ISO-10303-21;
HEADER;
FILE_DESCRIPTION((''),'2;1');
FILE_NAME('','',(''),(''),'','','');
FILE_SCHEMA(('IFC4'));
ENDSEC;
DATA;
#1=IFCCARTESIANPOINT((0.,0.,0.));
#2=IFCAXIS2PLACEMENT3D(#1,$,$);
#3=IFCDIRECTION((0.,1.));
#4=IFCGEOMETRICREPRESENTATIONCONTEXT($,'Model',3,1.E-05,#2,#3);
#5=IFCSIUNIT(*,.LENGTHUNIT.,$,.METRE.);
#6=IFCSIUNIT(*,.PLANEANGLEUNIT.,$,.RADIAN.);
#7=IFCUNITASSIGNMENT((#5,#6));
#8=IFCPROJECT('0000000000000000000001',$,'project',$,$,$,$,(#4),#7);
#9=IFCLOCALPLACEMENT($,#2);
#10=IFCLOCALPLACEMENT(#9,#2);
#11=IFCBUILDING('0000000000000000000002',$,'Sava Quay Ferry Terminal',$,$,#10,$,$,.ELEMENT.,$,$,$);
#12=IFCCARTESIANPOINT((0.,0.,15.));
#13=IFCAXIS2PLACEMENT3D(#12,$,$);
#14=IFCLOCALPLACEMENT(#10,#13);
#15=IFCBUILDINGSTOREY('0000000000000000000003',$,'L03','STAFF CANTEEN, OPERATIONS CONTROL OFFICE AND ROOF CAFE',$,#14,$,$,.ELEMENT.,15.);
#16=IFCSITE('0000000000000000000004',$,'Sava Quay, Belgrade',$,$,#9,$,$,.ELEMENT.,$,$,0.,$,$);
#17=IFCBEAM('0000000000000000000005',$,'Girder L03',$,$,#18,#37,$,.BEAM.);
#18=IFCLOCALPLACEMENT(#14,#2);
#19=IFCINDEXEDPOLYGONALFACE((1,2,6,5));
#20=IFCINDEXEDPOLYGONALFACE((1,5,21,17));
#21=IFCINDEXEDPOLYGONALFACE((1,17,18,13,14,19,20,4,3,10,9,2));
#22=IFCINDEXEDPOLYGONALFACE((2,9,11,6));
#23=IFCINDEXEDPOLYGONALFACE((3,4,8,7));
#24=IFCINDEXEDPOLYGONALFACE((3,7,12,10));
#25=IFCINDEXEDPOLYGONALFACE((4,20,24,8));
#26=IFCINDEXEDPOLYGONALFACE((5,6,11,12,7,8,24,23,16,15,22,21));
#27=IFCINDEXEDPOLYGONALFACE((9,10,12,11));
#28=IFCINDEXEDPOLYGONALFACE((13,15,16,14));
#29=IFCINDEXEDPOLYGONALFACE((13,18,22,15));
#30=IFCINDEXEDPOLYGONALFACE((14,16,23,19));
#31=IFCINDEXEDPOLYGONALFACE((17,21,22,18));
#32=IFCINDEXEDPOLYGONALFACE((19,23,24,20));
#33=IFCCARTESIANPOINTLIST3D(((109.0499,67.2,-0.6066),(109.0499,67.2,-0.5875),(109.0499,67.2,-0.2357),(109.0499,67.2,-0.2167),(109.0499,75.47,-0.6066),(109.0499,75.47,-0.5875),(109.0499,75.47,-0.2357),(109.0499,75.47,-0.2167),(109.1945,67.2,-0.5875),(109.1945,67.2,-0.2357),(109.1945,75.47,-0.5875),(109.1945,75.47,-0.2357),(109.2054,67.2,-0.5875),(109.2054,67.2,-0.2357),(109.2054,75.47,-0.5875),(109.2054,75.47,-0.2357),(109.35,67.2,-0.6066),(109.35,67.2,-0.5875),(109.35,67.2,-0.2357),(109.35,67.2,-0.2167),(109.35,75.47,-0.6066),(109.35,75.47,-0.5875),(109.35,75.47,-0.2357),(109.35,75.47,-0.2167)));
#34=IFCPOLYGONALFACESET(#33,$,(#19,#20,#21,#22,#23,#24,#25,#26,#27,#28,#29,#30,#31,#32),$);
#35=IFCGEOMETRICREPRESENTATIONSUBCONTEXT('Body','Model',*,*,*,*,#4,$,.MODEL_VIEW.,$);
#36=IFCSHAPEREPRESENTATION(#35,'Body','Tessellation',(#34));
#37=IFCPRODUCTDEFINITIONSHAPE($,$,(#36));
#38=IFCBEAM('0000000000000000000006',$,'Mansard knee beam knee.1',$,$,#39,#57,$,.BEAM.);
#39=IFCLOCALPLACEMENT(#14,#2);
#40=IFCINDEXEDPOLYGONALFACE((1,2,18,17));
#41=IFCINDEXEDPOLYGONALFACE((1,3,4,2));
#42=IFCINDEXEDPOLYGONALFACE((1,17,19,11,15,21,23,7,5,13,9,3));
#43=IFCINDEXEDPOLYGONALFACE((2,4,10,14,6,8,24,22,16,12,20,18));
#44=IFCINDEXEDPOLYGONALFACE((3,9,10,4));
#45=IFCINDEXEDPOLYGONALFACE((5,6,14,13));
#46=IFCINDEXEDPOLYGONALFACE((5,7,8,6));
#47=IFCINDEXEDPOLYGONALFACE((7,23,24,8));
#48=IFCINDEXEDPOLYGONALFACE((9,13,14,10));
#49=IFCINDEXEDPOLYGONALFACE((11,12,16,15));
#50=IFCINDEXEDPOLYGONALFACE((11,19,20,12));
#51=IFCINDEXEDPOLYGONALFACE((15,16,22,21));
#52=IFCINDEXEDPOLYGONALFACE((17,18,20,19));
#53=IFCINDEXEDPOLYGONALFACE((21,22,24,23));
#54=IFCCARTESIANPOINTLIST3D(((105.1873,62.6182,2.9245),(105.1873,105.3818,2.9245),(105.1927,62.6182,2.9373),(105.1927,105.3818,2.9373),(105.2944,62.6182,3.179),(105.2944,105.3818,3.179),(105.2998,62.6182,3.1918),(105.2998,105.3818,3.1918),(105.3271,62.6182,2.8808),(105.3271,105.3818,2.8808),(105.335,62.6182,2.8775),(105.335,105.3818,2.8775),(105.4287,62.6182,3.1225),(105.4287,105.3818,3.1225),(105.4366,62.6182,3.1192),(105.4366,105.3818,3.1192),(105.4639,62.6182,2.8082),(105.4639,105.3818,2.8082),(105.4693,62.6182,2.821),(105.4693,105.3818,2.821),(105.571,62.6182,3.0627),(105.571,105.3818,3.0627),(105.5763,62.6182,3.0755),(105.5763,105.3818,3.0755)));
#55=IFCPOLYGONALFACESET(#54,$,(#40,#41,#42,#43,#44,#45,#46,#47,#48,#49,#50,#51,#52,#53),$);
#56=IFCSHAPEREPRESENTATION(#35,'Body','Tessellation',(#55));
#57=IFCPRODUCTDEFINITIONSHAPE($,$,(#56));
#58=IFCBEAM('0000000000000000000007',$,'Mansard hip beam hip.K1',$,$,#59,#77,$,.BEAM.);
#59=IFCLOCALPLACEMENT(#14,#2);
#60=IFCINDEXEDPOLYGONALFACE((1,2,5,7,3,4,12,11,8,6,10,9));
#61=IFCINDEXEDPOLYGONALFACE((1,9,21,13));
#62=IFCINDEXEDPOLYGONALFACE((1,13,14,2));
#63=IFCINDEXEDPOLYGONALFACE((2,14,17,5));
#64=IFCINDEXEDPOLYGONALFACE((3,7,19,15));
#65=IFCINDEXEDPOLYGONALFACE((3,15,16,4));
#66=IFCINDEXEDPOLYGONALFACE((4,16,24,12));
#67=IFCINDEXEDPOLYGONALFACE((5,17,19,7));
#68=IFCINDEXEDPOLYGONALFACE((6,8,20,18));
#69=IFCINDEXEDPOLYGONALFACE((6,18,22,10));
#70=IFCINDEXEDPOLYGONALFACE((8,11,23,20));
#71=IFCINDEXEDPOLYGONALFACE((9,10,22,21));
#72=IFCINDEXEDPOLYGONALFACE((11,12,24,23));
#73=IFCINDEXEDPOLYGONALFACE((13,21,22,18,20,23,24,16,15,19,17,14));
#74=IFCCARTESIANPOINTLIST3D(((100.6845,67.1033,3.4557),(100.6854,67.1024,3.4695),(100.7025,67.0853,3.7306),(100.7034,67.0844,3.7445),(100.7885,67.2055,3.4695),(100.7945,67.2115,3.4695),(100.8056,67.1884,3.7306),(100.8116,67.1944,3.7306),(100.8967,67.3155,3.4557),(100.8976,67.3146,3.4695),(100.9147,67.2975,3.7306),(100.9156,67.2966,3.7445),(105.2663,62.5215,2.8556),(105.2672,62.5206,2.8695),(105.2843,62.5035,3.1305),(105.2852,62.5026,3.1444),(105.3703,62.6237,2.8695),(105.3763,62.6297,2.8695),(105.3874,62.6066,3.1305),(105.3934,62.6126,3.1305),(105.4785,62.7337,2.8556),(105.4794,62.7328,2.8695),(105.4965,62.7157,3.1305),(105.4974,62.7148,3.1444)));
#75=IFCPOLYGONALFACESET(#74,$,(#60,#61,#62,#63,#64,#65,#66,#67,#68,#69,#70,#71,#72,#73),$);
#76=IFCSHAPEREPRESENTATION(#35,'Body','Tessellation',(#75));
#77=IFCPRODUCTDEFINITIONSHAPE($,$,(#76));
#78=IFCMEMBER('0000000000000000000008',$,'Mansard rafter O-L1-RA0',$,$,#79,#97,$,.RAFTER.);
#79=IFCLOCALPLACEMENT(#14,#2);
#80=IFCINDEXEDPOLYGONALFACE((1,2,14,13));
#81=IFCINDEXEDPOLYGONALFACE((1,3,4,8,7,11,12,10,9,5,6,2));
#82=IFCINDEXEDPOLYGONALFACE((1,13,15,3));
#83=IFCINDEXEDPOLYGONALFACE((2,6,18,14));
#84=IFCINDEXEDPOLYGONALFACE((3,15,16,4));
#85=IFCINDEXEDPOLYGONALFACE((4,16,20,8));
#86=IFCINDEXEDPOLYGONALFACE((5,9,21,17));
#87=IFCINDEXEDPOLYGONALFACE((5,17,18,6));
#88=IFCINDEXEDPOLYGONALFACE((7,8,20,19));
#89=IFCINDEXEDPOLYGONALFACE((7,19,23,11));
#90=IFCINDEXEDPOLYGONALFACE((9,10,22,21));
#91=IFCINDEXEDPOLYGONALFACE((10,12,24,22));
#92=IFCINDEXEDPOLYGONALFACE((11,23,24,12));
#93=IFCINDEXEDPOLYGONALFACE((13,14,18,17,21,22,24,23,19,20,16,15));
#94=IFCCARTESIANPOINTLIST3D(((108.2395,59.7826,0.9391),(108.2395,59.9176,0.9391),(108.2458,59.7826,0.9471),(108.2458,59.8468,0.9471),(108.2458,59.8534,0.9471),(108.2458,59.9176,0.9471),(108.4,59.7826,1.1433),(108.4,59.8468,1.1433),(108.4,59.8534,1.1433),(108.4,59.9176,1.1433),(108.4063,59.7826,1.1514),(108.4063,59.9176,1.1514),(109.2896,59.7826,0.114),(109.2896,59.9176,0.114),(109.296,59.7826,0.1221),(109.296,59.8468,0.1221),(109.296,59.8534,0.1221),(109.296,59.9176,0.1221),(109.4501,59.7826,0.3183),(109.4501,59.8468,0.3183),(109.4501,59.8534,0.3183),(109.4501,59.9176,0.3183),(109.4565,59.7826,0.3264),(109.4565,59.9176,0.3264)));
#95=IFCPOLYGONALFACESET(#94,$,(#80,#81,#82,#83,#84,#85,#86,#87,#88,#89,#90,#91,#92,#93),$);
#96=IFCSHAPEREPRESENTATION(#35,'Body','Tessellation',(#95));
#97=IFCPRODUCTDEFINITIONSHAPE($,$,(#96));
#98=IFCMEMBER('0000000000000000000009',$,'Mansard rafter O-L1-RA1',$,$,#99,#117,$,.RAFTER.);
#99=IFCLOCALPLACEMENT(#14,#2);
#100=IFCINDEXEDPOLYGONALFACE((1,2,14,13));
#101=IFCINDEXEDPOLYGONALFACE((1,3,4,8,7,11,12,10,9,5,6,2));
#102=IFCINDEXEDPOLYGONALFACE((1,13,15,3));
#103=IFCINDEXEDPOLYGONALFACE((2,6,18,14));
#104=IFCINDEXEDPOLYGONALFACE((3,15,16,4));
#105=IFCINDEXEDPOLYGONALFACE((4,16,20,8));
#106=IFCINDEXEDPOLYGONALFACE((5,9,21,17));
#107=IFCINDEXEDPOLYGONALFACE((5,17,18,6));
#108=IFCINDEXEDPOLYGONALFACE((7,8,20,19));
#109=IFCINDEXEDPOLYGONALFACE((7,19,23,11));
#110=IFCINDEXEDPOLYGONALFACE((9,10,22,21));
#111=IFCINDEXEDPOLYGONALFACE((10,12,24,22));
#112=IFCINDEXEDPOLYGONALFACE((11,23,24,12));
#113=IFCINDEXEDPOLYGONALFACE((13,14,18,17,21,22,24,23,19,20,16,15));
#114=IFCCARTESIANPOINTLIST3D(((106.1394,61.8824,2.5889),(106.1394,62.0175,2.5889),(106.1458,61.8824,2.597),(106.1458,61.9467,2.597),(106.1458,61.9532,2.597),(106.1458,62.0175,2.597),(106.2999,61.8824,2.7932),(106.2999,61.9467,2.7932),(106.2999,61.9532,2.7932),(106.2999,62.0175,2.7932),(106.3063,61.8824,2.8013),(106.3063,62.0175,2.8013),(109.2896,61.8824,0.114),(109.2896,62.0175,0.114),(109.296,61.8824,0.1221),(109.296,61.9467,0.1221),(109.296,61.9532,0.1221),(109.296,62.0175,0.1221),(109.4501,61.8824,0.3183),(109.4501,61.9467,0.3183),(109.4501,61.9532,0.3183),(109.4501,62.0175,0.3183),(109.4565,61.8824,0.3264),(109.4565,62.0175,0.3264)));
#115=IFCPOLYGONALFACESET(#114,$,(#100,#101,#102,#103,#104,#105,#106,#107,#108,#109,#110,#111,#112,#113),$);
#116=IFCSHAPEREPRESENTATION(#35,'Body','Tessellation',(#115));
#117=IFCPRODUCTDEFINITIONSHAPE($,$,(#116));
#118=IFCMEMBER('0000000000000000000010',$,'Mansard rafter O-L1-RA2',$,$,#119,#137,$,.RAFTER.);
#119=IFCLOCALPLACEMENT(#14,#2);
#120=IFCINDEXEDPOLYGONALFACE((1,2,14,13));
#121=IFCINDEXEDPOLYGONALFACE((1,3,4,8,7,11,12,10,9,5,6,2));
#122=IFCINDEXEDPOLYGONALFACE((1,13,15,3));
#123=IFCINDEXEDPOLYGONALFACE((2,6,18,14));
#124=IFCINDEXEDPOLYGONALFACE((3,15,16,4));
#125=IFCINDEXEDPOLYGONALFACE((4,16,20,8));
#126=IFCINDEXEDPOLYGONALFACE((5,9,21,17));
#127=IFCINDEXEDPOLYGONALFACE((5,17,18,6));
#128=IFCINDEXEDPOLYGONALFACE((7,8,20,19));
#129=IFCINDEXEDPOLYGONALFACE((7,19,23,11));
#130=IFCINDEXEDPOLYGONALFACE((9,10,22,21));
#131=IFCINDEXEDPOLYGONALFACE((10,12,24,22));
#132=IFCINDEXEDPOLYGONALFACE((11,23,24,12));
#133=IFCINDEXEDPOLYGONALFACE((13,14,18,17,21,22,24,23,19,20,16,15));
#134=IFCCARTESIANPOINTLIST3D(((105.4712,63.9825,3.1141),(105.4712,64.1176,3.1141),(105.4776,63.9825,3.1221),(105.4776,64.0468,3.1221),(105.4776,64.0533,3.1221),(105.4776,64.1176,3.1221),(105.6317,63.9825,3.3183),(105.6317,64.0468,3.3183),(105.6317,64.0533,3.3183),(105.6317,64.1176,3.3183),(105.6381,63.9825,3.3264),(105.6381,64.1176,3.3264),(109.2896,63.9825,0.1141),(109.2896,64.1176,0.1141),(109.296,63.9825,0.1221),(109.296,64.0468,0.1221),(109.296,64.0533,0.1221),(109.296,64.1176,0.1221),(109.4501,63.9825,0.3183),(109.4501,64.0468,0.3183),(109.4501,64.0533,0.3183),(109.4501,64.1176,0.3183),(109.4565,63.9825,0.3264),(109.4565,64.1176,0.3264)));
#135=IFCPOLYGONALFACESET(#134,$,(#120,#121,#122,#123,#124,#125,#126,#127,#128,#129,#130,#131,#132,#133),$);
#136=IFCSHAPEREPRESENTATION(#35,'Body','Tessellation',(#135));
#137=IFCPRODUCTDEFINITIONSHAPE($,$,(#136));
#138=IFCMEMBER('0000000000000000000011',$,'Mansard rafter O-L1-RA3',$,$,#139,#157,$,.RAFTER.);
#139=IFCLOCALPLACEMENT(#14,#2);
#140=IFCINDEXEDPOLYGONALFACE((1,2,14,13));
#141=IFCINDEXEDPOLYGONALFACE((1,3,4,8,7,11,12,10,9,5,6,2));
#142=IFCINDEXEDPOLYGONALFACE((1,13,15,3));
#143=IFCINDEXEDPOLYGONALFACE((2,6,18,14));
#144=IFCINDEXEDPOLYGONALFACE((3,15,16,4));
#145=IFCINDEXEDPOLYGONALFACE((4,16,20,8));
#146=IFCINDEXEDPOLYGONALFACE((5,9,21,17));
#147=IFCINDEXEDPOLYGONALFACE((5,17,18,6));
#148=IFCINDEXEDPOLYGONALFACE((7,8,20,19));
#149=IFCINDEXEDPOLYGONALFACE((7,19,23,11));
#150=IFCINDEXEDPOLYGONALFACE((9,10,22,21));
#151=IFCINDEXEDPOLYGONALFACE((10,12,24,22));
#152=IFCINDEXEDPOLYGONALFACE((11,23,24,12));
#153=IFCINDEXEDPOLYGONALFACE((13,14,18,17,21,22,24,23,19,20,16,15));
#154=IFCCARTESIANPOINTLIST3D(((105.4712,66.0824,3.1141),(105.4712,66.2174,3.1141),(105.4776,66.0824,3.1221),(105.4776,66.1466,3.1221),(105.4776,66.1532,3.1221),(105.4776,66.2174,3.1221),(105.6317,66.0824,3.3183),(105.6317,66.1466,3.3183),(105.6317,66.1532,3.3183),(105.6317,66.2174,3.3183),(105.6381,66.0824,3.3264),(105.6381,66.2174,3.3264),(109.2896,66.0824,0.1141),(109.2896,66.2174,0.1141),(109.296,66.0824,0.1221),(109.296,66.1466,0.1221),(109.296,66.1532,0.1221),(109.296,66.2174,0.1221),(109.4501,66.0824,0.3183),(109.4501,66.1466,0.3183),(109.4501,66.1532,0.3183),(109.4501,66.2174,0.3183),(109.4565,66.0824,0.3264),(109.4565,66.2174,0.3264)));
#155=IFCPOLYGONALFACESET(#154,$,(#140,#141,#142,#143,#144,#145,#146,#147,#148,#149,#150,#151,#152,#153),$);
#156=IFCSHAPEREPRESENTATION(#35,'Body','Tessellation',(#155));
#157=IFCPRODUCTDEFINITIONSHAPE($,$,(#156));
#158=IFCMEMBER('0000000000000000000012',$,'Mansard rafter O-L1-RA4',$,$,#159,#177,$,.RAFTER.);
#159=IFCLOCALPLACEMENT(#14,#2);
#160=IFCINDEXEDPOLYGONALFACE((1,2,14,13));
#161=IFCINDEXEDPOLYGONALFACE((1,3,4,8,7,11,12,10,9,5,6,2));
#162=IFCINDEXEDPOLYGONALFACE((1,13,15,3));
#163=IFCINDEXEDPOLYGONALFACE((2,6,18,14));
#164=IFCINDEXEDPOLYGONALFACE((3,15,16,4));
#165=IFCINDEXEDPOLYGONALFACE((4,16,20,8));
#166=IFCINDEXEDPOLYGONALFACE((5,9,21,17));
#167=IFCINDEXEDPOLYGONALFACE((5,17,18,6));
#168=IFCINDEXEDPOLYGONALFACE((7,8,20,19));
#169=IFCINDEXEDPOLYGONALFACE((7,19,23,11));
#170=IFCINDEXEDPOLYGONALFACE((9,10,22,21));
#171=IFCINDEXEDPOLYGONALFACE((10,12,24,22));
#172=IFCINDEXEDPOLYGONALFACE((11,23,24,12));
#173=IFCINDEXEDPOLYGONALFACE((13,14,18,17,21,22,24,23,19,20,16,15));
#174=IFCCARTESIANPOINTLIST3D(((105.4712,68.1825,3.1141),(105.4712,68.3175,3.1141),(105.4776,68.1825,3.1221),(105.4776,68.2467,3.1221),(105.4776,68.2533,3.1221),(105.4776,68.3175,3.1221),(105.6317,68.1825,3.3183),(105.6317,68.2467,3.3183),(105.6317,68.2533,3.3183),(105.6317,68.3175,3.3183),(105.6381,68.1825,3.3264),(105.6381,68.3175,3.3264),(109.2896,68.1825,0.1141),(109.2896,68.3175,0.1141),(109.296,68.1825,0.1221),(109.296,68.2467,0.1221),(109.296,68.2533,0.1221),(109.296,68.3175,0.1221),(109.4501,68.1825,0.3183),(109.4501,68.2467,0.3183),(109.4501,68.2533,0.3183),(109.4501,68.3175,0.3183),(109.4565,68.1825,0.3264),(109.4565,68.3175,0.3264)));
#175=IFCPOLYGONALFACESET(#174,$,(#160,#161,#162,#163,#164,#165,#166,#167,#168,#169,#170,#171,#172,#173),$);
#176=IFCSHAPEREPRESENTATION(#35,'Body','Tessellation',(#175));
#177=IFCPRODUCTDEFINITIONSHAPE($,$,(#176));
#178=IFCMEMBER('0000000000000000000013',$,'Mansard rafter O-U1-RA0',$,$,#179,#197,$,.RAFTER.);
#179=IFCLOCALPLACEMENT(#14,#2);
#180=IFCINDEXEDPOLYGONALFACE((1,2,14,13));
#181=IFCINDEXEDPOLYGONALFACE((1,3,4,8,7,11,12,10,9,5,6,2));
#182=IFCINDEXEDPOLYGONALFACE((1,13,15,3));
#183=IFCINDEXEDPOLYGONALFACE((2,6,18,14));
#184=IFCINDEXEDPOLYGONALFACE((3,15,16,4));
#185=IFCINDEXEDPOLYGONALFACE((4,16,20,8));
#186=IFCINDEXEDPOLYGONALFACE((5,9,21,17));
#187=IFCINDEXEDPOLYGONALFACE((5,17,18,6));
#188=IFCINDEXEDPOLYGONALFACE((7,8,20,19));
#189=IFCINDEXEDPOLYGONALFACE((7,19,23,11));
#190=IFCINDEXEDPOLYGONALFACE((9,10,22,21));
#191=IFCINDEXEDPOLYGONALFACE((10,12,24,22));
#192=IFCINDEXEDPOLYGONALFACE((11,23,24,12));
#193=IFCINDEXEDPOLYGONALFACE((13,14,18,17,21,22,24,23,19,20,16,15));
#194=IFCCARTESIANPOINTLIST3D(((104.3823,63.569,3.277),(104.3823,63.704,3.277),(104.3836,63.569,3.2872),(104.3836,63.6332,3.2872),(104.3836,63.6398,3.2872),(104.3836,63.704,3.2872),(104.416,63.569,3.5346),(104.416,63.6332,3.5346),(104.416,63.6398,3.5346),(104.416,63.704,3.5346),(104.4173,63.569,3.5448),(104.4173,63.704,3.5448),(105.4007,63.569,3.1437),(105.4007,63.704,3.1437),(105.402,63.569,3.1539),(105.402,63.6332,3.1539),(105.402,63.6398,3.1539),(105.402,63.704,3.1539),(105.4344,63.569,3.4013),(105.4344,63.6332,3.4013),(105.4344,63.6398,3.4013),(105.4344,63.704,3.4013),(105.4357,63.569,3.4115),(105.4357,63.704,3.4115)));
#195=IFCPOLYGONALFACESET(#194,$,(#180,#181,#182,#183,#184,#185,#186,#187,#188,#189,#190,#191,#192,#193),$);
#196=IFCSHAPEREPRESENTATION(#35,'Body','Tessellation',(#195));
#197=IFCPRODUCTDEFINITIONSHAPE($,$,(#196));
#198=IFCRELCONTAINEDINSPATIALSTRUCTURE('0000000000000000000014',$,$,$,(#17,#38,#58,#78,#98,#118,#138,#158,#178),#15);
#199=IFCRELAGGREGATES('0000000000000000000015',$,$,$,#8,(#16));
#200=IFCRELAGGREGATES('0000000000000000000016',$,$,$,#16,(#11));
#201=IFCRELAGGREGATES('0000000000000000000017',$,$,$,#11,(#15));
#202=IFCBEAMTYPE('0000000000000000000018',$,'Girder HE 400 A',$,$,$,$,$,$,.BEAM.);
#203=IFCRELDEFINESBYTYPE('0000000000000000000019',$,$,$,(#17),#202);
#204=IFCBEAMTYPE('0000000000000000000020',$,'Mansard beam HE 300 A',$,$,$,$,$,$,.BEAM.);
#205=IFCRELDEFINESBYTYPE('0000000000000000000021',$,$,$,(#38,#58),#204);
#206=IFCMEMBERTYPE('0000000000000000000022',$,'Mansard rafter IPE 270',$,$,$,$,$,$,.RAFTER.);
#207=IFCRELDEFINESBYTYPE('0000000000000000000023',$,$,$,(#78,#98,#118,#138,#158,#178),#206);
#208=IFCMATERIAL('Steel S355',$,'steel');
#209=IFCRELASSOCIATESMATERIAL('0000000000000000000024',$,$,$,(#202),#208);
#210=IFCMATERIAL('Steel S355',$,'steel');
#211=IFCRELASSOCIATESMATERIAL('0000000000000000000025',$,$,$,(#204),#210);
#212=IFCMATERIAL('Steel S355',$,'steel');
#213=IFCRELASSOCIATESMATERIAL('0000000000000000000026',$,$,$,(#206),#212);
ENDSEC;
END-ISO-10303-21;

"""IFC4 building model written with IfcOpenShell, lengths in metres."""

from ifc_helpers import new_model, si_unit, direction, frame, origin, origin_2d, place, context, subcontext, project, spatial, i_section, extrude, material, material_profile, profile_set, type_object, element, save


model = new_model("IFC4")

# Units and contexts
model_context = context("Model", 3, precision=1e-05, world=origin(), true_north=direction((0.0, 1.0)))
body_context = subcontext(model_context, "Body", "Model", "MODEL_VIEW")
ifc_project = project(units=[si_unit("LENGTHUNIT", "METRE"), si_unit("PLANEANGLEUNIT", "RADIAN")], contexts=[model_context])

# Site, building, storey
site_placement = place(None, origin())
site = spatial("IfcSite", under=ifc_project, at=site_placement, Name="Sava Quay, Belgrade", CompositionType="ELEMENT", RefElevation=0.0)
building_placement = place(site_placement, origin())
building = spatial("IfcBuilding", under=site, at=building_placement, Name="Sava Quay Ferry Terminal", CompositionType="ELEMENT")
storey_placement = place(building_placement, frame((0.0, 0.0, 15.0)))
storey = spatial("IfcBuildingStorey", under=building, at=storey_placement, Name="L03", Description="STAFF CANTEEN, OPERATIONS CONTROL OFFICE AND ROOF CAFE", CompositionType="ELEMENT", Elevation=15.0)

# Beams
ifc_material_1 = material(Name="Steel S355", Category="steel")
ifc_material_profile_1 = material_profile(ifc_material_1, i_section(OverallWidth=0.3, OverallDepth=0.3899, WebThickness=0.011, FlangeThickness=0.019, at=origin_2d()), Name="HE 400 A")
ifc_profile_set_1 = profile_set([ifc_material_profile_1], Name="Steel S355")
beam_type_1 = type_object("IfcBeamType", Name="Girder HE 400 A", PredefinedType="BEAM", material=ifc_profile_set_1)
beam_1_placement = place(storey_placement, frame((109.2, 67.2, -0.4116), z_axis=(0.0, 1.0, 0.0), x_axis=(-1.0, 0.0, 0.0)))
element("IfcBeam", 1, at=beam_1_placement, inside=storey, type_object=beam_type_1, Name="Girder L03", PredefinedType="BEAM", context=body_context, shape_type="SweptSolid", body=[
    extrude(i_section(OverallWidth=0.3, OverallDepth=0.3899, WebThickness=0.011, FlangeThickness=0.019, at=origin_2d()), origin(), (0.0, 0.0, 1.0), 8.27),
])
ifc_material_2 = material(Name="Steel S355", Category="steel")
ifc_material_profile_2 = material_profile(ifc_material_2, i_section(OverallWidth=0.3, OverallDepth=0.29, WebThickness=0.0085, FlangeThickness=0.0139, at=origin_2d()), Name="HE 300 A")
ifc_profile_set_2 = profile_set([ifc_material_profile_2], Name="Steel S355")
beam_type_2 = type_object("IfcBeamType", Name="Mansard beam HE 300 A", PredefinedType="BEAM", material=ifc_profile_set_2)
beam_2_placement = place(storey_placement, frame((105.3818, 62.6182, 3.0), z_axis=(0.0, 1.0, 0.0), x_axis=(-0.921803, 0.0, 0.387659)))
element("IfcBeam", 2, at=beam_2_placement, inside=storey, type_object=beam_type_2, Name="Mansard knee beam knee.1", PredefinedType="BEAM", context=body_context, shape_type="SweptSolid", body=[
    extrude(i_section(OverallWidth=0.3, OverallDepth=0.29, WebThickness=0.0085, FlangeThickness=0.0139, at=origin_2d()), origin(), (0.0, 0.0, 1.0), 42.7637),
])
beam_3_placement = place(storey_placement, frame((105.3818, 62.6182, 3.0), z_axis=(-0.704094, 0.704094, 0.092218), x_axis=(-0.707107, -0.707107, 0.0)))
element("IfcBeam", 3, at=beam_3_placement, inside=storey, type_object=beam_type_2, Name="Mansard hip beam hip.K1", PredefinedType="BEAM", context=body_context, shape_type="SweptSolid", body=[
    extrude(i_section(OverallWidth=0.3, OverallDepth=0.29, WebThickness=0.0085, FlangeThickness=0.0139, at=origin_2d()), origin(), (0.0, 0.0, 1.0), 6.5073),
])

# Members
ifc_material_3 = material(Name="Steel S355", Category="steel")
ifc_material_profile_3 = material_profile(ifc_material_3, i_section(OverallWidth=0.135, OverallDepth=0.27, WebThickness=0.0066, FlangeThickness=0.0103, at=origin_2d()), Name="IPE 270")
ifc_profile_set_3 = profile_set([ifc_material_profile_3], Name="Steel S355")
member_type = type_object("IfcMemberType", Name="Mansard rafter IPE 270", PredefinedType="RAFTER", material=ifc_profile_set_3)
member_1_placement = place(storey_placement, frame((109.373, 59.8501, 0.2202), z_axis=(-0.78635, 0.0, 0.617781), x_axis=(0.0, -1.0, 0.0)))
element("IfcMember", 4, at=member_1_placement, inside=storey, type_object=member_type, Name="Mansard rafter O-L1-RA0", PredefinedType="RAFTER", context=body_context, shape_type="SweptSolid", body=[
    extrude(i_section(OverallWidth=0.135, OverallDepth=0.27, WebThickness=0.0066, FlangeThickness=0.0103, at=origin_2d()), origin(), (0.0, 0.0, 1.0), 1.3354),
])
member_2_placement = place(storey_placement, frame((109.373, 61.95, 0.2202), z_axis=(-0.78635, 0.0, 0.617781), x_axis=(0.0, -1.0, 0.0)))
element("IfcMember", 5, at=member_2_placement, inside=storey, type_object=member_type, Name="Mansard rafter O-L1-RA1", PredefinedType="RAFTER", context=body_context, shape_type="SweptSolid", body=[
    extrude(i_section(OverallWidth=0.135, OverallDepth=0.27, WebThickness=0.0066, FlangeThickness=0.0103, at=origin_2d()), origin(), (0.0, 0.0, 1.0), 4.0061),
])
for number, where, z_axis, x_axis, name in (
    (6, (109.373, 64.05, 0.2202), (-0.786332, 0.0, 0.617804), (0.0, -1.0, 0.0), "Mansard rafter O-L1-RA2"),
    (7, (109.373, 66.1499, 0.2202), (-0.786332, 0.0, 0.617804), (0.0, -1.0, 0.0), "Mansard rafter O-L1-RA3"),
    (8, (109.373, 68.25, 0.2202), (-0.786332, 0.0, 0.617804), (0.0, -1.0, 0.0), "Mansard rafter O-L1-RA4"),
):
    element("IfcMember", number, at=place(storey_placement, frame(where, z_axis=z_axis, x_axis=x_axis)), inside=storey, type_object=member_type, Name=name, PredefinedType="RAFTER", context=body_context, shape_type="SweptSolid", body=[
        extrude(i_section(OverallWidth=0.135, OverallDepth=0.27, WebThickness=0.0066, FlangeThickness=0.0103, at=origin_2d()), origin(), (0.0, 0.0, 1.0), 4.856),
    ])
member_3_placement = place(storey_placement, frame((105.4182, 63.6365, 3.2776), z_axis=(-0.991541, 0.0, 0.129796), x_axis=(0.0, -1.0, 0.0)))
element("IfcMember", 9, at=member_3_placement, inside=storey, type_object=member_type, Name="Mansard rafter O-U1-RA0", PredefinedType="RAFTER", context=body_context, shape_type="SweptSolid", body=[
    extrude(i_section(OverallWidth=0.135, OverallDepth=0.27, WebThickness=0.0066, FlangeThickness=0.0103, at=origin_2d()), origin(), (0.0, 0.0, 1.0), 1.0271),
])

save(model, "model.ifc")
